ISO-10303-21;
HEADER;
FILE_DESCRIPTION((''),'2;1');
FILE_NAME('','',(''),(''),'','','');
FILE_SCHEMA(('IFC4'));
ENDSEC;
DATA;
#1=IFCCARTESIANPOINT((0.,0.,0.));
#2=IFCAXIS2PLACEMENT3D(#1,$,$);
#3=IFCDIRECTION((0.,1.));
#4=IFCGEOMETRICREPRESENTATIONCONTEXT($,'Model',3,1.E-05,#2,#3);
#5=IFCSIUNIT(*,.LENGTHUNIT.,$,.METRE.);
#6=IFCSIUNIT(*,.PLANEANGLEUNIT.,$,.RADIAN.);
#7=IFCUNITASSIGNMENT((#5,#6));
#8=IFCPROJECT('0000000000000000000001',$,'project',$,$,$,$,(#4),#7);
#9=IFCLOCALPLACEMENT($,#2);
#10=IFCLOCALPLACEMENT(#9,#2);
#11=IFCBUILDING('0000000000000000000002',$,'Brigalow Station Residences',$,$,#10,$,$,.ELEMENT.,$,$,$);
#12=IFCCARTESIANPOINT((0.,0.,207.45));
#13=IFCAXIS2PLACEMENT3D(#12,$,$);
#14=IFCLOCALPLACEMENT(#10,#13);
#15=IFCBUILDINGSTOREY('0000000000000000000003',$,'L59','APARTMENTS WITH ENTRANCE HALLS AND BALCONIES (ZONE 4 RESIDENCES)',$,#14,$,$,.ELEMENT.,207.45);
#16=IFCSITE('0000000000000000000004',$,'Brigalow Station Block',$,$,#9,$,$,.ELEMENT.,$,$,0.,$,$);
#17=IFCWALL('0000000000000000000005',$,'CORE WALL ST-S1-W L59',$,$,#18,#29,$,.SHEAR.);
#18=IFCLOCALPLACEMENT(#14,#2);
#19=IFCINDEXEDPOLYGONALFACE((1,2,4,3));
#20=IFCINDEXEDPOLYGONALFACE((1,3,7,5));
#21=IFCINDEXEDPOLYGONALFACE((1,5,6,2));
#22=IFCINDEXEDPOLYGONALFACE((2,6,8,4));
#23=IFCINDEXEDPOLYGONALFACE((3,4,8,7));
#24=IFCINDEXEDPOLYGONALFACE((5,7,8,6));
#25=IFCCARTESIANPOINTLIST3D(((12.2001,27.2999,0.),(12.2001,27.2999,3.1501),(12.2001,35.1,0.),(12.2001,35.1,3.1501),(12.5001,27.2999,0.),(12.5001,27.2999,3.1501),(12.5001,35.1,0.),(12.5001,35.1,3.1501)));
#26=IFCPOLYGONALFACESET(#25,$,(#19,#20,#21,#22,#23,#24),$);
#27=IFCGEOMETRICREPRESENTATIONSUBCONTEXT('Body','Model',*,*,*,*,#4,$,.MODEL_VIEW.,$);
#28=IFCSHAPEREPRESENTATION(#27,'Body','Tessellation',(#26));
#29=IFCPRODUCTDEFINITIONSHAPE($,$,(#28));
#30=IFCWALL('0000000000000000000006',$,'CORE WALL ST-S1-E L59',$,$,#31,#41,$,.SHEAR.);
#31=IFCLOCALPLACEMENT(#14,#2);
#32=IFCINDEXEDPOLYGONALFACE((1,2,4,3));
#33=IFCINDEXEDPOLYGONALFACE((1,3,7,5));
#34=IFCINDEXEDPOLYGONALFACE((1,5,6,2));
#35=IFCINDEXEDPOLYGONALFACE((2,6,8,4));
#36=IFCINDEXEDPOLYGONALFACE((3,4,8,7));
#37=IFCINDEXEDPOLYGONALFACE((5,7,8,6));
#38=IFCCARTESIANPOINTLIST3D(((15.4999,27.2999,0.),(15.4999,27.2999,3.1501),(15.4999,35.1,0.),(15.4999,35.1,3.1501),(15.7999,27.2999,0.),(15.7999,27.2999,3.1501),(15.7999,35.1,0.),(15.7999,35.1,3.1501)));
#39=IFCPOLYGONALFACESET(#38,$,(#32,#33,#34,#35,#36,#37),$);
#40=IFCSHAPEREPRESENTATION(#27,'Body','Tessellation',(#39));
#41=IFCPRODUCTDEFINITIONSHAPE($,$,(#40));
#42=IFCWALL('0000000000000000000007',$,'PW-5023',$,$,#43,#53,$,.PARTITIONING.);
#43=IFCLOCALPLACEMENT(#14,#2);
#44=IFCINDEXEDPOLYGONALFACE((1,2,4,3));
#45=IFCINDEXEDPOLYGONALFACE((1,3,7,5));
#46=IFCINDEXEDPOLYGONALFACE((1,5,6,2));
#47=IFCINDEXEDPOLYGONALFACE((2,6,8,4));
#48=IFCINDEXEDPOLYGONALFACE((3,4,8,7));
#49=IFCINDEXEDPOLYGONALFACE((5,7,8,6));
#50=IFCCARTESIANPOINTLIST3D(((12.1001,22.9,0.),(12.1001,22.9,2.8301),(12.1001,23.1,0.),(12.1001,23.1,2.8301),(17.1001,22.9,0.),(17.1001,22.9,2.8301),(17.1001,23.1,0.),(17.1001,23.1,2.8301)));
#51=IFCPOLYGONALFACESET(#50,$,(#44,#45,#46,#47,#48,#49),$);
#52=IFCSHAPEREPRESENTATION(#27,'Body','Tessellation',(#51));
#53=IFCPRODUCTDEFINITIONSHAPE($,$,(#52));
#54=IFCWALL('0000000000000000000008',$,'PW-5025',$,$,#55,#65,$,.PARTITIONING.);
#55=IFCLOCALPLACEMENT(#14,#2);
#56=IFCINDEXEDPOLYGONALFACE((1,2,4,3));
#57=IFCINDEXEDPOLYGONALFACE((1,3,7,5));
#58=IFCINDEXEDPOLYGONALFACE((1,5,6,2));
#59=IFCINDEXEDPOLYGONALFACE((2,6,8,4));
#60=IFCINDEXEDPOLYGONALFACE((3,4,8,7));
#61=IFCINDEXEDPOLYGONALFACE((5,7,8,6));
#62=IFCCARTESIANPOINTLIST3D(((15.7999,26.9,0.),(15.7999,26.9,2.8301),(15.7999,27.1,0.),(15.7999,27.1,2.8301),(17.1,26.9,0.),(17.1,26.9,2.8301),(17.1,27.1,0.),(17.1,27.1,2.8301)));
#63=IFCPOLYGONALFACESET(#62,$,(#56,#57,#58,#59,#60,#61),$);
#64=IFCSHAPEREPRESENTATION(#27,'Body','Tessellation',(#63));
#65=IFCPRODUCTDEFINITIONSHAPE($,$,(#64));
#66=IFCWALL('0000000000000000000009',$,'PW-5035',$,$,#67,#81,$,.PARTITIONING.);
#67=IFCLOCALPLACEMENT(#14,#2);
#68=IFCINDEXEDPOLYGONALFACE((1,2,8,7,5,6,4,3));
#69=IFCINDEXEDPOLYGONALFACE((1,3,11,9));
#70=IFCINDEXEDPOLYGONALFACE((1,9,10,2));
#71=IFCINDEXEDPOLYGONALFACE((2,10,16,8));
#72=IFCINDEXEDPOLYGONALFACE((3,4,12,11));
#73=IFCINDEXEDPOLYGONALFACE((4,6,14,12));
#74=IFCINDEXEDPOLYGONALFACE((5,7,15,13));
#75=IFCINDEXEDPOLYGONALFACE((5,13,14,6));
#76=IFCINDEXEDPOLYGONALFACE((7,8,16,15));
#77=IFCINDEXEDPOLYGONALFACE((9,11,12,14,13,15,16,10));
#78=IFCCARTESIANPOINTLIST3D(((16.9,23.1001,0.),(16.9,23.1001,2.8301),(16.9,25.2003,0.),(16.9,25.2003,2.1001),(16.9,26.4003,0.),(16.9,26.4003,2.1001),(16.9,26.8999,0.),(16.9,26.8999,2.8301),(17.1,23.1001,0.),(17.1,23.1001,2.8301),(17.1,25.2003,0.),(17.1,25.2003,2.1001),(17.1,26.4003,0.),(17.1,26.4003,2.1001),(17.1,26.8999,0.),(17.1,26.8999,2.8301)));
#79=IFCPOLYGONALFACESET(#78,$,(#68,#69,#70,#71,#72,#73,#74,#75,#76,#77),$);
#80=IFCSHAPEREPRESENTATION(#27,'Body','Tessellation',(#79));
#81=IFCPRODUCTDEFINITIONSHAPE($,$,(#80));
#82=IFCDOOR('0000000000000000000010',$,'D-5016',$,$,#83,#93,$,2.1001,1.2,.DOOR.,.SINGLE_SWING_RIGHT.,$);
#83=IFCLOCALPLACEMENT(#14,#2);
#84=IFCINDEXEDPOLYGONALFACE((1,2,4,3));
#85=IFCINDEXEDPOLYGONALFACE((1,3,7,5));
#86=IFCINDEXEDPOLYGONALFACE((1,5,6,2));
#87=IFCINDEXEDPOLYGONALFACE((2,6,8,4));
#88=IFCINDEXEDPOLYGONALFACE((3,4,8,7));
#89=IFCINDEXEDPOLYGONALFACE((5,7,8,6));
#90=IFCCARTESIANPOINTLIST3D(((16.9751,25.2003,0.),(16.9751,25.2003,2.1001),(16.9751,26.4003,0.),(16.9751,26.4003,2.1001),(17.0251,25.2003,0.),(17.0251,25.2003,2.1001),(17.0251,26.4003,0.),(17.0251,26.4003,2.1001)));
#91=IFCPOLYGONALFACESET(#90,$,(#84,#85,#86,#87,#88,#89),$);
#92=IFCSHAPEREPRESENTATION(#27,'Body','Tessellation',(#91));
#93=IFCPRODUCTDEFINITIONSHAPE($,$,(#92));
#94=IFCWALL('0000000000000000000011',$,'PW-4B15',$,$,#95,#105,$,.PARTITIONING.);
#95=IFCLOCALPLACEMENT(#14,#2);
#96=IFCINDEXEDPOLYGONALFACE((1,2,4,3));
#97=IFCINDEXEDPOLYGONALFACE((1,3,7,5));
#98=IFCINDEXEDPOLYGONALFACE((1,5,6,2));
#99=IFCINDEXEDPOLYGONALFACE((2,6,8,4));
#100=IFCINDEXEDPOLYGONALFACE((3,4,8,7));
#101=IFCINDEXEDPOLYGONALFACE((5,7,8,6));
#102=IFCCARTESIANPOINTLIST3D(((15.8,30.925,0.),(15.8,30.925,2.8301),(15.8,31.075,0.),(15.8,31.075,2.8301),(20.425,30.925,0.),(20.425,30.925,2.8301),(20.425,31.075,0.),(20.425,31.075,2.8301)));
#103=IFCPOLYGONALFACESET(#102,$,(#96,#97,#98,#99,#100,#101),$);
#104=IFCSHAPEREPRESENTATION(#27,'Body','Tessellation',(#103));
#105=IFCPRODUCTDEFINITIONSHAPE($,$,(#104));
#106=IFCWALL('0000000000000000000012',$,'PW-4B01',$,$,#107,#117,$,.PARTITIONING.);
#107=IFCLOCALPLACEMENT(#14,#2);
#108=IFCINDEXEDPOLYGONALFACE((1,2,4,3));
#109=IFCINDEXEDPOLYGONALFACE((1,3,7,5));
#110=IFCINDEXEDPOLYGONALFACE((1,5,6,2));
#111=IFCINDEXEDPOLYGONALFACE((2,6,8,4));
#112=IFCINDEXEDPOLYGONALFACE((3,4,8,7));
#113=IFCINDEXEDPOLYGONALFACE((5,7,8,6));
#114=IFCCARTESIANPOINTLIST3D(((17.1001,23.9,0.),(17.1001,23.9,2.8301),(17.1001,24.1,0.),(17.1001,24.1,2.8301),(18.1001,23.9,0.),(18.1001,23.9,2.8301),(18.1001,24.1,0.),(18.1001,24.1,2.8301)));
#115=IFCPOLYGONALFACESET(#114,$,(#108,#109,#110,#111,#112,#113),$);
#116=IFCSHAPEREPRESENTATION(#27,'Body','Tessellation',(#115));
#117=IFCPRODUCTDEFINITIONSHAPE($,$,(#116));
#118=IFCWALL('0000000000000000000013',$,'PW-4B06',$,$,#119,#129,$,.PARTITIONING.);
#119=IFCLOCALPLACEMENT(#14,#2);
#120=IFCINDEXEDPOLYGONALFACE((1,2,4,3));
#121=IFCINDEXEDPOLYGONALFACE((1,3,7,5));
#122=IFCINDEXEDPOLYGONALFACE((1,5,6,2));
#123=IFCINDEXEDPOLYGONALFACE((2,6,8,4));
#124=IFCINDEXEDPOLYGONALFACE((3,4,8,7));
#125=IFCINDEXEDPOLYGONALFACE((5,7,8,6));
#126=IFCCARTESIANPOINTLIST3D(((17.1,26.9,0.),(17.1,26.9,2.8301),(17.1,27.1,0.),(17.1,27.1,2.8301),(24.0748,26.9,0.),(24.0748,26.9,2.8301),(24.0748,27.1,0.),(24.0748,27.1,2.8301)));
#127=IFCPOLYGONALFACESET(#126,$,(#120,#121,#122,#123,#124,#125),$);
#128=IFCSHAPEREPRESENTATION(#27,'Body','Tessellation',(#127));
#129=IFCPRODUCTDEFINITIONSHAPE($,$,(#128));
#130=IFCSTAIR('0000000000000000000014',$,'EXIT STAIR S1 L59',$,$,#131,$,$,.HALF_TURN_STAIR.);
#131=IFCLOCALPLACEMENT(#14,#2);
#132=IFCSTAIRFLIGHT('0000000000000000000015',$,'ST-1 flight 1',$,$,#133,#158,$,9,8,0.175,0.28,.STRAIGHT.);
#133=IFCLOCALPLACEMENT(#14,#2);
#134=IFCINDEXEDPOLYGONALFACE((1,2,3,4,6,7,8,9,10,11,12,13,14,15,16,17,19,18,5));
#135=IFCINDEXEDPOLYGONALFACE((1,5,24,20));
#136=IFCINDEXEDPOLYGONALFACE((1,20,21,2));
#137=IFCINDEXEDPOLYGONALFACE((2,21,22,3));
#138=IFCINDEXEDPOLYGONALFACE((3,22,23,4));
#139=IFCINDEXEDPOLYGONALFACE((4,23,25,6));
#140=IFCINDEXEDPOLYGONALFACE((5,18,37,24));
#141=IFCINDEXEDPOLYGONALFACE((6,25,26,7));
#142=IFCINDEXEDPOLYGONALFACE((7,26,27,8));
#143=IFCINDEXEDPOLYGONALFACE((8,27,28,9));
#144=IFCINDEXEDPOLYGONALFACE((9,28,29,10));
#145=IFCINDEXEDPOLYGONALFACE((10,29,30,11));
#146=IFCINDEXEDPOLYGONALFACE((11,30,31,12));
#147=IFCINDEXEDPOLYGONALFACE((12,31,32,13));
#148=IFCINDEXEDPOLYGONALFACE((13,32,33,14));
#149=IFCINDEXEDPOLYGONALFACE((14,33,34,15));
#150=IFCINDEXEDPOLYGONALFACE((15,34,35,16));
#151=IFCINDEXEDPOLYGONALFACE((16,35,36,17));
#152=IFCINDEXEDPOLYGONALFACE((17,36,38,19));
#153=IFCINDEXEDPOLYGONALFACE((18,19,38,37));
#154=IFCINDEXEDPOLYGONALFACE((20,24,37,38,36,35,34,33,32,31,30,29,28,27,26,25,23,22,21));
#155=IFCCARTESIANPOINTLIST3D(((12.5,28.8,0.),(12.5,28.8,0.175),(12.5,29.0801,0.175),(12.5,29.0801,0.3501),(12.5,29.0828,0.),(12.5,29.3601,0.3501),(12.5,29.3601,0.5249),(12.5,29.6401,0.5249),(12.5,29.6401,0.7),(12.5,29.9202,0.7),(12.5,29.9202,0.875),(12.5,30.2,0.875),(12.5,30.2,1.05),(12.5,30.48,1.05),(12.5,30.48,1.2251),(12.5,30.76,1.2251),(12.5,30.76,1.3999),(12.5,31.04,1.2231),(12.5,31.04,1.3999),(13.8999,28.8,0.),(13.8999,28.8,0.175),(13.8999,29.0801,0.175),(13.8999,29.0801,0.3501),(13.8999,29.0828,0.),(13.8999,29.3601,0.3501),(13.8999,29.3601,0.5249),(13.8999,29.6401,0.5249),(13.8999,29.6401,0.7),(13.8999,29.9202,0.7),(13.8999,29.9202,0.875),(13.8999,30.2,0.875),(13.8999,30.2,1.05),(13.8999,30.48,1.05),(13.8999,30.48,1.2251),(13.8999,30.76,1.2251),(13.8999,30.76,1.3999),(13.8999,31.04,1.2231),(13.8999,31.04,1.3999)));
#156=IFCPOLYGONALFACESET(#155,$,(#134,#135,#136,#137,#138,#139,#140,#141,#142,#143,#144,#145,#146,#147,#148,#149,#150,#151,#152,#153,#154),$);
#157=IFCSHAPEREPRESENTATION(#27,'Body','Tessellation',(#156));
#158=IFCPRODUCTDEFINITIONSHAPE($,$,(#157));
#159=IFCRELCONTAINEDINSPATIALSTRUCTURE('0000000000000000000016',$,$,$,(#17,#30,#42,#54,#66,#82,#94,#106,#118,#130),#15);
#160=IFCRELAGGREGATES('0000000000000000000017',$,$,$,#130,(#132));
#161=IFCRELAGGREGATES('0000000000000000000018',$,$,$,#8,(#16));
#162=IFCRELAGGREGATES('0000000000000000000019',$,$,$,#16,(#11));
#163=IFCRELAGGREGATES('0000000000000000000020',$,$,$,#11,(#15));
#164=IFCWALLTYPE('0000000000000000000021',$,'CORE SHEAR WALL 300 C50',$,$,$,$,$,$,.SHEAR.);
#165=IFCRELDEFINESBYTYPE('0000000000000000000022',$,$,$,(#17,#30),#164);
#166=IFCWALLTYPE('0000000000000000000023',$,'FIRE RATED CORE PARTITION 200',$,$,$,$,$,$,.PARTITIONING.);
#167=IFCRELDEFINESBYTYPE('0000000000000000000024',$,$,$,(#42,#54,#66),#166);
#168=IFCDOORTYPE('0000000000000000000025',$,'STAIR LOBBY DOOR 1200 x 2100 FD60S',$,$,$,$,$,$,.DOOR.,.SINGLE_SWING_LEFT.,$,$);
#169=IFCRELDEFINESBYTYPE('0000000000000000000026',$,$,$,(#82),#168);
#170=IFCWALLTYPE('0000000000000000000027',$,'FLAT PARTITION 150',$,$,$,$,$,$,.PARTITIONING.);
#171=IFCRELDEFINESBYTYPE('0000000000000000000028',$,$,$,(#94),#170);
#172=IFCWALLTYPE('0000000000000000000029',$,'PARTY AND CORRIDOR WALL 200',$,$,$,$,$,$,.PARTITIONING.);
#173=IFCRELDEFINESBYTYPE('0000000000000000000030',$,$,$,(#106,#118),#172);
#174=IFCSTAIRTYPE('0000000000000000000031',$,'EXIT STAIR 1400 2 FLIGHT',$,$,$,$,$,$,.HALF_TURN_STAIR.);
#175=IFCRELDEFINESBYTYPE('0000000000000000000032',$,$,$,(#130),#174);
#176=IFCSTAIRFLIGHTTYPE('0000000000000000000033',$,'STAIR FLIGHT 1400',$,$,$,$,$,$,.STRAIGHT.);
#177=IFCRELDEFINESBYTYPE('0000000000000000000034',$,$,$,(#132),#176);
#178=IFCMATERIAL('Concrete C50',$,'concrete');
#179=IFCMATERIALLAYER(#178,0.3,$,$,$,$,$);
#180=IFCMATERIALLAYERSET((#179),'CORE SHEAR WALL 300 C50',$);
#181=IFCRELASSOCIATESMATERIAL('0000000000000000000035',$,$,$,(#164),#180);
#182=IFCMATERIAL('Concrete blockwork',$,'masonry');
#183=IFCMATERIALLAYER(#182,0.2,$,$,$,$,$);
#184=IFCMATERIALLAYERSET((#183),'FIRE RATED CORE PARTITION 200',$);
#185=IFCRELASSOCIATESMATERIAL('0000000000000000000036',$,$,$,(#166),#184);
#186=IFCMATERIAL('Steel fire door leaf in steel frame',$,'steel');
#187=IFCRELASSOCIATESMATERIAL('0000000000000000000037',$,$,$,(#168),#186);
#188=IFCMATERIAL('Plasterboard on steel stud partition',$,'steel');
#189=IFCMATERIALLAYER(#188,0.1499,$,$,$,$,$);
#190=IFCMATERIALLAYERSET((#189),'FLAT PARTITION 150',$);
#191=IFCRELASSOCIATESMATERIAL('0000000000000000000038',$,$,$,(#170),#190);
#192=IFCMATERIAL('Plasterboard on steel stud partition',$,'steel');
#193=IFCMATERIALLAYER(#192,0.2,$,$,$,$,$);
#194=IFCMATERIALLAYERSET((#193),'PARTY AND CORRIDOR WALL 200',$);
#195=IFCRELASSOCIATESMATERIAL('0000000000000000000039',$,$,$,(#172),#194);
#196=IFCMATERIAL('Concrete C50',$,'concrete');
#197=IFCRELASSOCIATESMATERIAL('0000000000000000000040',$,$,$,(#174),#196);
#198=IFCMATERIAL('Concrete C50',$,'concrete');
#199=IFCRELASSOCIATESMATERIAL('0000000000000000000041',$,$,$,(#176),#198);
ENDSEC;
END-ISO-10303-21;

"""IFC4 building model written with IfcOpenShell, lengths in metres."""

from ifc_helpers import new_model, si_unit, direction, frame, frame_2d, origin, place, context, subcontext, project, spatial, polyline, rectangle, outline, extrude, material, layer, layer_set, type_object, element, fill, aggregate, save


model = new_model("IFC4")

# Units and contexts
model_context = context("Model", 3, precision=1e-05, world=origin(), true_north=direction((0.0, 1.0)))
body_context = subcontext(model_context, "Body", "Model", "MODEL_VIEW")
ifc_project = project(units=[si_unit("LENGTHUNIT", "METRE"), si_unit("PLANEANGLEUNIT", "RADIAN")], contexts=[model_context])

# Site, building, storey
site_placement = place(None, origin())
site = spatial("IfcSite", under=ifc_project, at=site_placement, Name="Brigalow Station Block", CompositionType="ELEMENT", RefElevation=0.0)
building_placement = place(site_placement, origin())
building = spatial("IfcBuilding", under=site, at=building_placement, Name="Brigalow Station Residences", CompositionType="ELEMENT")
storey_placement = place(building_placement, frame((0.0, 0.0, 207.45)))
storey = spatial("IfcBuildingStorey", under=building, at=storey_placement, Name="L59", Description="APARTMENTS WITH ENTRANCE HALLS AND BALCONIES (ZONE 4 RESIDENCES)", CompositionType="ELEMENT", Elevation=207.45)

# Shared definitions
ifc_material_1 = material(Name="Concrete C50", Category="concrete")
ifc_layer_1 = layer(ifc_material_1, 0.3)
ifc_layer_set_1 = layer_set([ifc_layer_1], Name="CORE SHEAR WALL 300 C50")
wall_type_1 = type_object("IfcWallType", Name="CORE SHEAR WALL 300 C50", PredefinedType="SHEAR", material=ifc_layer_set_1)

# Walls
for number, where, z_axis, x_axis, name in (
    (1, (12.3501, 27.3, 0.0), (0.0, 0.0, 1.0), (0.0, 1.0, 0.0), "CORE WALL ST-S1-W L59"),
    (2, (15.6499, 27.3, 0.0), (0.0, 0.0, 1.0), (0.0, 1.0, 0.0), "CORE WALL ST-S1-E L59"),
):
    element("IfcWall", number, at=place(storey_placement, frame(where, z_axis=z_axis, x_axis=x_axis)), inside=storey, type_object=wall_type_1, Name=name, PredefinedType="SHEAR", context=body_context, shape_type="SweptSolid", body=[
        extrude(rectangle(XDim=7.8, YDim=0.3, at=frame_2d((3.8999, 0.0))), origin(), (0.0, 0.0, 1.0), 3.1501),
    ])
ifc_material_2 = material(Name="Concrete blockwork", Category="masonry")
ifc_layer_2 = layer(ifc_material_2, 0.2)
ifc_layer_set_2 = layer_set([ifc_layer_2], Name="FIRE RATED CORE PARTITION 200")
wall_type_2 = type_object("IfcWallType", Name="FIRE RATED CORE PARTITION 200", PredefinedType="PARTITIONING", material=ifc_layer_set_2)
wall_1_placement = place(storey_placement, frame((12.1001, 23.0, 0.0), z_axis=(0.0, 0.0, 1.0), x_axis=(1.0, 0.0, 0.0)))
element("IfcWall", 3, at=wall_1_placement, inside=storey, type_object=wall_type_2, Name="PW-5023", PredefinedType="PARTITIONING", context=body_context, shape_type="SweptSolid", body=[
    extrude(rectangle(XDim=5.0, YDim=0.2, at=frame_2d((2.5, 0.0))), origin(), (0.0, 0.0, 1.0), 2.8301),
])
wall_2_placement = place(storey_placement, frame((15.8, 27.0, 0.0), z_axis=(0.0, 0.0, 1.0), x_axis=(1.0, 0.0, 0.0)))
element("IfcWall", 4, at=wall_2_placement, inside=storey, type_object=wall_type_2, Name="PW-5025", PredefinedType="PARTITIONING", context=body_context, shape_type="SweptSolid", body=[
    extrude(rectangle(XDim=1.3, YDim=0.2, at=frame_2d((0.6499, 0.0))), origin(), (0.0, 0.0, 1.0), 2.8301),
])

# Wall, opening, door
wall_3_placement = place(storey_placement, frame((17.0, 23.1001, 0.0), z_axis=(0.0, 0.0, 1.0), x_axis=(0.0, 1.0, 0.0)))
wall_3 = element("IfcWall", 5, at=wall_3_placement, inside=storey, type_object=wall_type_2, Name="PW-5035", PredefinedType="PARTITIONING", context=body_context, shape_type="SweptSolid", body=[
    extrude(rectangle(XDim=3.7998, YDim=0.2, at=frame_2d((1.8999, 0.0))), origin(), (0.0, 0.0, 1.0), 2.8301),
])
opening_1_placement = place(wall_3_placement, frame((2.1001, 0.0, 0.0)))
opening_1 = element("IfcOpeningElement", 6, at=opening_1_placement, cuts=wall_3, PredefinedType="OPENING", context=body_context, shape_type="SweptSolid", body=[
    extrude(rectangle(XDim=1.2, YDim=2.1001, at=frame_2d((0.6001, 1.05))), frame((0.0, 0.1099, 0.0), z_axis=(0.0, -1.0, 0.0), x_axis=(1.0, 0.0, 0.0)), (0.0, 0.0, 1.0), 0.22),
])
ifc_material_3 = material(Name="Steel fire door leaf in steel frame", Category="steel")
door_type_1 = type_object("IfcDoorType", Name="STAIR LOBBY DOOR 1200 x 2100 FD60S", OperationType="SINGLE_SWING_LEFT", PredefinedType="DOOR", material=ifc_material_3)
door_1_placement = place(opening_1_placement, origin())
door_1 = element("IfcDoor", 7, at=door_1_placement, inside=storey, type_object=door_type_1, Name="D-5016", OperationType="SINGLE_SWING_RIGHT", OverallHeight=2.1001, OverallWidth=1.2, PredefinedType="DOOR", context=body_context, shape_type="SweptSolid", body=[
    extrude(rectangle(XDim=1.2, YDim=2.1001, at=frame_2d((0.6001, 1.05))), frame((0.0, 0.0249, 0.0), z_axis=(0.0, -1.0, 0.0), x_axis=(1.0, 0.0, 0.0)), (0.0, 0.0, 1.0), 0.05),
])
fill(opening_1, door_1)

# Walls
ifc_material_4 = material(Name="Plasterboard on steel stud partition", Category="steel")
ifc_layer_3 = layer(ifc_material_4, 0.1499)
ifc_layer_set_3 = layer_set([ifc_layer_3], Name="FLAT PARTITION 150")
wall_type_3 = type_object("IfcWallType", Name="FLAT PARTITION 150", PredefinedType="PARTITIONING", material=ifc_layer_set_3)
wall_4_placement = place(storey_placement, frame((15.8, 31.0, 0.0), z_axis=(0.0, 0.0, 1.0), x_axis=(1.0, 0.0, 0.0)))
element("IfcWall", 8, at=wall_4_placement, inside=storey, type_object=wall_type_3, Name="PW-4B15", PredefinedType="PARTITIONING", context=body_context, shape_type="SweptSolid", body=[
    extrude(rectangle(XDim=4.625, YDim=0.1499, at=frame_2d((2.3125, 0.0))), origin(), (0.0, 0.0, 1.0), 2.8301),
])
ifc_material_5 = material(Name="Plasterboard on steel stud partition", Category="steel")
ifc_layer_4 = layer(ifc_material_5, 0.2)
ifc_layer_set_4 = layer_set([ifc_layer_4], Name="PARTY AND CORRIDOR WALL 200")
wall_type_4 = type_object("IfcWallType", Name="PARTY AND CORRIDOR WALL 200", PredefinedType="PARTITIONING", material=ifc_layer_set_4)
wall_5_placement = place(storey_placement, frame((17.1001, 24.0, 0.0), z_axis=(0.0, 0.0, 1.0), x_axis=(1.0, 0.0, 0.0)))
element("IfcWall", 9, at=wall_5_placement, inside=storey, type_object=wall_type_4, Name="PW-4B01", PredefinedType="PARTITIONING", context=body_context, shape_type="SweptSolid", body=[
    extrude(rectangle(XDim=1.0, YDim=0.2, at=frame_2d((0.5, 0.0))), origin(), (0.0, 0.0, 1.0), 2.8301),
])
wall_6_placement = place(storey_placement, frame((17.1001, 27.0, 0.0), z_axis=(0.0, 0.0, 1.0), x_axis=(1.0, 0.0, 0.0)))
element("IfcWall", 10, at=wall_6_placement, inside=storey, type_object=wall_type_4, Name="PW-4B06", PredefinedType="PARTITIONING", context=body_context, shape_type="SweptSolid", body=[
    extrude(rectangle(XDim=6.9749, YDim=0.2, at=frame_2d((3.4873, 0.0))), origin(), (0.0, 0.0, 1.0), 2.8301),
])

# Stair, stair flight
ifc_material_6 = material(Name="Concrete C50", Category="concrete")
stair_type = type_object("IfcStairType", Name="EXIT STAIR 1400 2 FLIGHT", PredefinedType="HALF_TURN_STAIR", material=ifc_material_6)
stair_placement = place(storey_placement, origin())
stair = element("IfcStair", 11, at=stair_placement, inside=storey, type_object=stair_type, Name="EXIT STAIR S1 L59", PredefinedType="HALF_TURN_STAIR")
ifc_material_7 = material(Name="Concrete C50", Category="concrete")
stair_flight_type = type_object("IfcStairFlightType", Name="STAIR FLIGHT 1400", PredefinedType="STRAIGHT", material=ifc_material_7)
stair_flight_placement = place(storey_placement, frame((13.2, 28.8, 0.0), z_axis=(0.0, 0.0, 1.0), x_axis=(0.0, 1.0, 0.0)))
stair_flight = element("IfcStairFlight", 12, at=stair_flight_placement, type_object=stair_flight_type, Name="ST-1 flight 1", NumberOfRisers=9, NumberOfTreads=8, PredefinedType="STRAIGHT", RiserHeight=0.175, TreadLength=0.28, context=body_context, shape_type="SweptSolid", body=[
    extrude(outline(polyline([(0.0, 0.0), (0.0, 0.175), (0.28, 0.175), (0.28, 0.3501), (0.5601, 0.3501), (0.5601, 0.5249), (0.8401, 0.5249), (0.8401, 0.7), (1.1201, 0.7), (1.1201, 0.875), (1.3999, 0.875), (1.3999, 1.05), (1.6799, 1.05), (1.6799, 1.2251), (1.96, 1.2251), (1.96, 1.3999), (2.24, 1.3999), (2.24, 1.575), (2.24, 1.2231), (0.2827, 0.0), (0.0, 0.0)])), frame((0.0, 0.7, 0.0), z_axis=(0.0, -1.0, 0.0), x_axis=(1.0, 0.0, 0.0)), (0.0, 0.0, 1.0), 1.3999),
])
aggregate(stair, [stair_flight])

save(model, "model.ifc")
